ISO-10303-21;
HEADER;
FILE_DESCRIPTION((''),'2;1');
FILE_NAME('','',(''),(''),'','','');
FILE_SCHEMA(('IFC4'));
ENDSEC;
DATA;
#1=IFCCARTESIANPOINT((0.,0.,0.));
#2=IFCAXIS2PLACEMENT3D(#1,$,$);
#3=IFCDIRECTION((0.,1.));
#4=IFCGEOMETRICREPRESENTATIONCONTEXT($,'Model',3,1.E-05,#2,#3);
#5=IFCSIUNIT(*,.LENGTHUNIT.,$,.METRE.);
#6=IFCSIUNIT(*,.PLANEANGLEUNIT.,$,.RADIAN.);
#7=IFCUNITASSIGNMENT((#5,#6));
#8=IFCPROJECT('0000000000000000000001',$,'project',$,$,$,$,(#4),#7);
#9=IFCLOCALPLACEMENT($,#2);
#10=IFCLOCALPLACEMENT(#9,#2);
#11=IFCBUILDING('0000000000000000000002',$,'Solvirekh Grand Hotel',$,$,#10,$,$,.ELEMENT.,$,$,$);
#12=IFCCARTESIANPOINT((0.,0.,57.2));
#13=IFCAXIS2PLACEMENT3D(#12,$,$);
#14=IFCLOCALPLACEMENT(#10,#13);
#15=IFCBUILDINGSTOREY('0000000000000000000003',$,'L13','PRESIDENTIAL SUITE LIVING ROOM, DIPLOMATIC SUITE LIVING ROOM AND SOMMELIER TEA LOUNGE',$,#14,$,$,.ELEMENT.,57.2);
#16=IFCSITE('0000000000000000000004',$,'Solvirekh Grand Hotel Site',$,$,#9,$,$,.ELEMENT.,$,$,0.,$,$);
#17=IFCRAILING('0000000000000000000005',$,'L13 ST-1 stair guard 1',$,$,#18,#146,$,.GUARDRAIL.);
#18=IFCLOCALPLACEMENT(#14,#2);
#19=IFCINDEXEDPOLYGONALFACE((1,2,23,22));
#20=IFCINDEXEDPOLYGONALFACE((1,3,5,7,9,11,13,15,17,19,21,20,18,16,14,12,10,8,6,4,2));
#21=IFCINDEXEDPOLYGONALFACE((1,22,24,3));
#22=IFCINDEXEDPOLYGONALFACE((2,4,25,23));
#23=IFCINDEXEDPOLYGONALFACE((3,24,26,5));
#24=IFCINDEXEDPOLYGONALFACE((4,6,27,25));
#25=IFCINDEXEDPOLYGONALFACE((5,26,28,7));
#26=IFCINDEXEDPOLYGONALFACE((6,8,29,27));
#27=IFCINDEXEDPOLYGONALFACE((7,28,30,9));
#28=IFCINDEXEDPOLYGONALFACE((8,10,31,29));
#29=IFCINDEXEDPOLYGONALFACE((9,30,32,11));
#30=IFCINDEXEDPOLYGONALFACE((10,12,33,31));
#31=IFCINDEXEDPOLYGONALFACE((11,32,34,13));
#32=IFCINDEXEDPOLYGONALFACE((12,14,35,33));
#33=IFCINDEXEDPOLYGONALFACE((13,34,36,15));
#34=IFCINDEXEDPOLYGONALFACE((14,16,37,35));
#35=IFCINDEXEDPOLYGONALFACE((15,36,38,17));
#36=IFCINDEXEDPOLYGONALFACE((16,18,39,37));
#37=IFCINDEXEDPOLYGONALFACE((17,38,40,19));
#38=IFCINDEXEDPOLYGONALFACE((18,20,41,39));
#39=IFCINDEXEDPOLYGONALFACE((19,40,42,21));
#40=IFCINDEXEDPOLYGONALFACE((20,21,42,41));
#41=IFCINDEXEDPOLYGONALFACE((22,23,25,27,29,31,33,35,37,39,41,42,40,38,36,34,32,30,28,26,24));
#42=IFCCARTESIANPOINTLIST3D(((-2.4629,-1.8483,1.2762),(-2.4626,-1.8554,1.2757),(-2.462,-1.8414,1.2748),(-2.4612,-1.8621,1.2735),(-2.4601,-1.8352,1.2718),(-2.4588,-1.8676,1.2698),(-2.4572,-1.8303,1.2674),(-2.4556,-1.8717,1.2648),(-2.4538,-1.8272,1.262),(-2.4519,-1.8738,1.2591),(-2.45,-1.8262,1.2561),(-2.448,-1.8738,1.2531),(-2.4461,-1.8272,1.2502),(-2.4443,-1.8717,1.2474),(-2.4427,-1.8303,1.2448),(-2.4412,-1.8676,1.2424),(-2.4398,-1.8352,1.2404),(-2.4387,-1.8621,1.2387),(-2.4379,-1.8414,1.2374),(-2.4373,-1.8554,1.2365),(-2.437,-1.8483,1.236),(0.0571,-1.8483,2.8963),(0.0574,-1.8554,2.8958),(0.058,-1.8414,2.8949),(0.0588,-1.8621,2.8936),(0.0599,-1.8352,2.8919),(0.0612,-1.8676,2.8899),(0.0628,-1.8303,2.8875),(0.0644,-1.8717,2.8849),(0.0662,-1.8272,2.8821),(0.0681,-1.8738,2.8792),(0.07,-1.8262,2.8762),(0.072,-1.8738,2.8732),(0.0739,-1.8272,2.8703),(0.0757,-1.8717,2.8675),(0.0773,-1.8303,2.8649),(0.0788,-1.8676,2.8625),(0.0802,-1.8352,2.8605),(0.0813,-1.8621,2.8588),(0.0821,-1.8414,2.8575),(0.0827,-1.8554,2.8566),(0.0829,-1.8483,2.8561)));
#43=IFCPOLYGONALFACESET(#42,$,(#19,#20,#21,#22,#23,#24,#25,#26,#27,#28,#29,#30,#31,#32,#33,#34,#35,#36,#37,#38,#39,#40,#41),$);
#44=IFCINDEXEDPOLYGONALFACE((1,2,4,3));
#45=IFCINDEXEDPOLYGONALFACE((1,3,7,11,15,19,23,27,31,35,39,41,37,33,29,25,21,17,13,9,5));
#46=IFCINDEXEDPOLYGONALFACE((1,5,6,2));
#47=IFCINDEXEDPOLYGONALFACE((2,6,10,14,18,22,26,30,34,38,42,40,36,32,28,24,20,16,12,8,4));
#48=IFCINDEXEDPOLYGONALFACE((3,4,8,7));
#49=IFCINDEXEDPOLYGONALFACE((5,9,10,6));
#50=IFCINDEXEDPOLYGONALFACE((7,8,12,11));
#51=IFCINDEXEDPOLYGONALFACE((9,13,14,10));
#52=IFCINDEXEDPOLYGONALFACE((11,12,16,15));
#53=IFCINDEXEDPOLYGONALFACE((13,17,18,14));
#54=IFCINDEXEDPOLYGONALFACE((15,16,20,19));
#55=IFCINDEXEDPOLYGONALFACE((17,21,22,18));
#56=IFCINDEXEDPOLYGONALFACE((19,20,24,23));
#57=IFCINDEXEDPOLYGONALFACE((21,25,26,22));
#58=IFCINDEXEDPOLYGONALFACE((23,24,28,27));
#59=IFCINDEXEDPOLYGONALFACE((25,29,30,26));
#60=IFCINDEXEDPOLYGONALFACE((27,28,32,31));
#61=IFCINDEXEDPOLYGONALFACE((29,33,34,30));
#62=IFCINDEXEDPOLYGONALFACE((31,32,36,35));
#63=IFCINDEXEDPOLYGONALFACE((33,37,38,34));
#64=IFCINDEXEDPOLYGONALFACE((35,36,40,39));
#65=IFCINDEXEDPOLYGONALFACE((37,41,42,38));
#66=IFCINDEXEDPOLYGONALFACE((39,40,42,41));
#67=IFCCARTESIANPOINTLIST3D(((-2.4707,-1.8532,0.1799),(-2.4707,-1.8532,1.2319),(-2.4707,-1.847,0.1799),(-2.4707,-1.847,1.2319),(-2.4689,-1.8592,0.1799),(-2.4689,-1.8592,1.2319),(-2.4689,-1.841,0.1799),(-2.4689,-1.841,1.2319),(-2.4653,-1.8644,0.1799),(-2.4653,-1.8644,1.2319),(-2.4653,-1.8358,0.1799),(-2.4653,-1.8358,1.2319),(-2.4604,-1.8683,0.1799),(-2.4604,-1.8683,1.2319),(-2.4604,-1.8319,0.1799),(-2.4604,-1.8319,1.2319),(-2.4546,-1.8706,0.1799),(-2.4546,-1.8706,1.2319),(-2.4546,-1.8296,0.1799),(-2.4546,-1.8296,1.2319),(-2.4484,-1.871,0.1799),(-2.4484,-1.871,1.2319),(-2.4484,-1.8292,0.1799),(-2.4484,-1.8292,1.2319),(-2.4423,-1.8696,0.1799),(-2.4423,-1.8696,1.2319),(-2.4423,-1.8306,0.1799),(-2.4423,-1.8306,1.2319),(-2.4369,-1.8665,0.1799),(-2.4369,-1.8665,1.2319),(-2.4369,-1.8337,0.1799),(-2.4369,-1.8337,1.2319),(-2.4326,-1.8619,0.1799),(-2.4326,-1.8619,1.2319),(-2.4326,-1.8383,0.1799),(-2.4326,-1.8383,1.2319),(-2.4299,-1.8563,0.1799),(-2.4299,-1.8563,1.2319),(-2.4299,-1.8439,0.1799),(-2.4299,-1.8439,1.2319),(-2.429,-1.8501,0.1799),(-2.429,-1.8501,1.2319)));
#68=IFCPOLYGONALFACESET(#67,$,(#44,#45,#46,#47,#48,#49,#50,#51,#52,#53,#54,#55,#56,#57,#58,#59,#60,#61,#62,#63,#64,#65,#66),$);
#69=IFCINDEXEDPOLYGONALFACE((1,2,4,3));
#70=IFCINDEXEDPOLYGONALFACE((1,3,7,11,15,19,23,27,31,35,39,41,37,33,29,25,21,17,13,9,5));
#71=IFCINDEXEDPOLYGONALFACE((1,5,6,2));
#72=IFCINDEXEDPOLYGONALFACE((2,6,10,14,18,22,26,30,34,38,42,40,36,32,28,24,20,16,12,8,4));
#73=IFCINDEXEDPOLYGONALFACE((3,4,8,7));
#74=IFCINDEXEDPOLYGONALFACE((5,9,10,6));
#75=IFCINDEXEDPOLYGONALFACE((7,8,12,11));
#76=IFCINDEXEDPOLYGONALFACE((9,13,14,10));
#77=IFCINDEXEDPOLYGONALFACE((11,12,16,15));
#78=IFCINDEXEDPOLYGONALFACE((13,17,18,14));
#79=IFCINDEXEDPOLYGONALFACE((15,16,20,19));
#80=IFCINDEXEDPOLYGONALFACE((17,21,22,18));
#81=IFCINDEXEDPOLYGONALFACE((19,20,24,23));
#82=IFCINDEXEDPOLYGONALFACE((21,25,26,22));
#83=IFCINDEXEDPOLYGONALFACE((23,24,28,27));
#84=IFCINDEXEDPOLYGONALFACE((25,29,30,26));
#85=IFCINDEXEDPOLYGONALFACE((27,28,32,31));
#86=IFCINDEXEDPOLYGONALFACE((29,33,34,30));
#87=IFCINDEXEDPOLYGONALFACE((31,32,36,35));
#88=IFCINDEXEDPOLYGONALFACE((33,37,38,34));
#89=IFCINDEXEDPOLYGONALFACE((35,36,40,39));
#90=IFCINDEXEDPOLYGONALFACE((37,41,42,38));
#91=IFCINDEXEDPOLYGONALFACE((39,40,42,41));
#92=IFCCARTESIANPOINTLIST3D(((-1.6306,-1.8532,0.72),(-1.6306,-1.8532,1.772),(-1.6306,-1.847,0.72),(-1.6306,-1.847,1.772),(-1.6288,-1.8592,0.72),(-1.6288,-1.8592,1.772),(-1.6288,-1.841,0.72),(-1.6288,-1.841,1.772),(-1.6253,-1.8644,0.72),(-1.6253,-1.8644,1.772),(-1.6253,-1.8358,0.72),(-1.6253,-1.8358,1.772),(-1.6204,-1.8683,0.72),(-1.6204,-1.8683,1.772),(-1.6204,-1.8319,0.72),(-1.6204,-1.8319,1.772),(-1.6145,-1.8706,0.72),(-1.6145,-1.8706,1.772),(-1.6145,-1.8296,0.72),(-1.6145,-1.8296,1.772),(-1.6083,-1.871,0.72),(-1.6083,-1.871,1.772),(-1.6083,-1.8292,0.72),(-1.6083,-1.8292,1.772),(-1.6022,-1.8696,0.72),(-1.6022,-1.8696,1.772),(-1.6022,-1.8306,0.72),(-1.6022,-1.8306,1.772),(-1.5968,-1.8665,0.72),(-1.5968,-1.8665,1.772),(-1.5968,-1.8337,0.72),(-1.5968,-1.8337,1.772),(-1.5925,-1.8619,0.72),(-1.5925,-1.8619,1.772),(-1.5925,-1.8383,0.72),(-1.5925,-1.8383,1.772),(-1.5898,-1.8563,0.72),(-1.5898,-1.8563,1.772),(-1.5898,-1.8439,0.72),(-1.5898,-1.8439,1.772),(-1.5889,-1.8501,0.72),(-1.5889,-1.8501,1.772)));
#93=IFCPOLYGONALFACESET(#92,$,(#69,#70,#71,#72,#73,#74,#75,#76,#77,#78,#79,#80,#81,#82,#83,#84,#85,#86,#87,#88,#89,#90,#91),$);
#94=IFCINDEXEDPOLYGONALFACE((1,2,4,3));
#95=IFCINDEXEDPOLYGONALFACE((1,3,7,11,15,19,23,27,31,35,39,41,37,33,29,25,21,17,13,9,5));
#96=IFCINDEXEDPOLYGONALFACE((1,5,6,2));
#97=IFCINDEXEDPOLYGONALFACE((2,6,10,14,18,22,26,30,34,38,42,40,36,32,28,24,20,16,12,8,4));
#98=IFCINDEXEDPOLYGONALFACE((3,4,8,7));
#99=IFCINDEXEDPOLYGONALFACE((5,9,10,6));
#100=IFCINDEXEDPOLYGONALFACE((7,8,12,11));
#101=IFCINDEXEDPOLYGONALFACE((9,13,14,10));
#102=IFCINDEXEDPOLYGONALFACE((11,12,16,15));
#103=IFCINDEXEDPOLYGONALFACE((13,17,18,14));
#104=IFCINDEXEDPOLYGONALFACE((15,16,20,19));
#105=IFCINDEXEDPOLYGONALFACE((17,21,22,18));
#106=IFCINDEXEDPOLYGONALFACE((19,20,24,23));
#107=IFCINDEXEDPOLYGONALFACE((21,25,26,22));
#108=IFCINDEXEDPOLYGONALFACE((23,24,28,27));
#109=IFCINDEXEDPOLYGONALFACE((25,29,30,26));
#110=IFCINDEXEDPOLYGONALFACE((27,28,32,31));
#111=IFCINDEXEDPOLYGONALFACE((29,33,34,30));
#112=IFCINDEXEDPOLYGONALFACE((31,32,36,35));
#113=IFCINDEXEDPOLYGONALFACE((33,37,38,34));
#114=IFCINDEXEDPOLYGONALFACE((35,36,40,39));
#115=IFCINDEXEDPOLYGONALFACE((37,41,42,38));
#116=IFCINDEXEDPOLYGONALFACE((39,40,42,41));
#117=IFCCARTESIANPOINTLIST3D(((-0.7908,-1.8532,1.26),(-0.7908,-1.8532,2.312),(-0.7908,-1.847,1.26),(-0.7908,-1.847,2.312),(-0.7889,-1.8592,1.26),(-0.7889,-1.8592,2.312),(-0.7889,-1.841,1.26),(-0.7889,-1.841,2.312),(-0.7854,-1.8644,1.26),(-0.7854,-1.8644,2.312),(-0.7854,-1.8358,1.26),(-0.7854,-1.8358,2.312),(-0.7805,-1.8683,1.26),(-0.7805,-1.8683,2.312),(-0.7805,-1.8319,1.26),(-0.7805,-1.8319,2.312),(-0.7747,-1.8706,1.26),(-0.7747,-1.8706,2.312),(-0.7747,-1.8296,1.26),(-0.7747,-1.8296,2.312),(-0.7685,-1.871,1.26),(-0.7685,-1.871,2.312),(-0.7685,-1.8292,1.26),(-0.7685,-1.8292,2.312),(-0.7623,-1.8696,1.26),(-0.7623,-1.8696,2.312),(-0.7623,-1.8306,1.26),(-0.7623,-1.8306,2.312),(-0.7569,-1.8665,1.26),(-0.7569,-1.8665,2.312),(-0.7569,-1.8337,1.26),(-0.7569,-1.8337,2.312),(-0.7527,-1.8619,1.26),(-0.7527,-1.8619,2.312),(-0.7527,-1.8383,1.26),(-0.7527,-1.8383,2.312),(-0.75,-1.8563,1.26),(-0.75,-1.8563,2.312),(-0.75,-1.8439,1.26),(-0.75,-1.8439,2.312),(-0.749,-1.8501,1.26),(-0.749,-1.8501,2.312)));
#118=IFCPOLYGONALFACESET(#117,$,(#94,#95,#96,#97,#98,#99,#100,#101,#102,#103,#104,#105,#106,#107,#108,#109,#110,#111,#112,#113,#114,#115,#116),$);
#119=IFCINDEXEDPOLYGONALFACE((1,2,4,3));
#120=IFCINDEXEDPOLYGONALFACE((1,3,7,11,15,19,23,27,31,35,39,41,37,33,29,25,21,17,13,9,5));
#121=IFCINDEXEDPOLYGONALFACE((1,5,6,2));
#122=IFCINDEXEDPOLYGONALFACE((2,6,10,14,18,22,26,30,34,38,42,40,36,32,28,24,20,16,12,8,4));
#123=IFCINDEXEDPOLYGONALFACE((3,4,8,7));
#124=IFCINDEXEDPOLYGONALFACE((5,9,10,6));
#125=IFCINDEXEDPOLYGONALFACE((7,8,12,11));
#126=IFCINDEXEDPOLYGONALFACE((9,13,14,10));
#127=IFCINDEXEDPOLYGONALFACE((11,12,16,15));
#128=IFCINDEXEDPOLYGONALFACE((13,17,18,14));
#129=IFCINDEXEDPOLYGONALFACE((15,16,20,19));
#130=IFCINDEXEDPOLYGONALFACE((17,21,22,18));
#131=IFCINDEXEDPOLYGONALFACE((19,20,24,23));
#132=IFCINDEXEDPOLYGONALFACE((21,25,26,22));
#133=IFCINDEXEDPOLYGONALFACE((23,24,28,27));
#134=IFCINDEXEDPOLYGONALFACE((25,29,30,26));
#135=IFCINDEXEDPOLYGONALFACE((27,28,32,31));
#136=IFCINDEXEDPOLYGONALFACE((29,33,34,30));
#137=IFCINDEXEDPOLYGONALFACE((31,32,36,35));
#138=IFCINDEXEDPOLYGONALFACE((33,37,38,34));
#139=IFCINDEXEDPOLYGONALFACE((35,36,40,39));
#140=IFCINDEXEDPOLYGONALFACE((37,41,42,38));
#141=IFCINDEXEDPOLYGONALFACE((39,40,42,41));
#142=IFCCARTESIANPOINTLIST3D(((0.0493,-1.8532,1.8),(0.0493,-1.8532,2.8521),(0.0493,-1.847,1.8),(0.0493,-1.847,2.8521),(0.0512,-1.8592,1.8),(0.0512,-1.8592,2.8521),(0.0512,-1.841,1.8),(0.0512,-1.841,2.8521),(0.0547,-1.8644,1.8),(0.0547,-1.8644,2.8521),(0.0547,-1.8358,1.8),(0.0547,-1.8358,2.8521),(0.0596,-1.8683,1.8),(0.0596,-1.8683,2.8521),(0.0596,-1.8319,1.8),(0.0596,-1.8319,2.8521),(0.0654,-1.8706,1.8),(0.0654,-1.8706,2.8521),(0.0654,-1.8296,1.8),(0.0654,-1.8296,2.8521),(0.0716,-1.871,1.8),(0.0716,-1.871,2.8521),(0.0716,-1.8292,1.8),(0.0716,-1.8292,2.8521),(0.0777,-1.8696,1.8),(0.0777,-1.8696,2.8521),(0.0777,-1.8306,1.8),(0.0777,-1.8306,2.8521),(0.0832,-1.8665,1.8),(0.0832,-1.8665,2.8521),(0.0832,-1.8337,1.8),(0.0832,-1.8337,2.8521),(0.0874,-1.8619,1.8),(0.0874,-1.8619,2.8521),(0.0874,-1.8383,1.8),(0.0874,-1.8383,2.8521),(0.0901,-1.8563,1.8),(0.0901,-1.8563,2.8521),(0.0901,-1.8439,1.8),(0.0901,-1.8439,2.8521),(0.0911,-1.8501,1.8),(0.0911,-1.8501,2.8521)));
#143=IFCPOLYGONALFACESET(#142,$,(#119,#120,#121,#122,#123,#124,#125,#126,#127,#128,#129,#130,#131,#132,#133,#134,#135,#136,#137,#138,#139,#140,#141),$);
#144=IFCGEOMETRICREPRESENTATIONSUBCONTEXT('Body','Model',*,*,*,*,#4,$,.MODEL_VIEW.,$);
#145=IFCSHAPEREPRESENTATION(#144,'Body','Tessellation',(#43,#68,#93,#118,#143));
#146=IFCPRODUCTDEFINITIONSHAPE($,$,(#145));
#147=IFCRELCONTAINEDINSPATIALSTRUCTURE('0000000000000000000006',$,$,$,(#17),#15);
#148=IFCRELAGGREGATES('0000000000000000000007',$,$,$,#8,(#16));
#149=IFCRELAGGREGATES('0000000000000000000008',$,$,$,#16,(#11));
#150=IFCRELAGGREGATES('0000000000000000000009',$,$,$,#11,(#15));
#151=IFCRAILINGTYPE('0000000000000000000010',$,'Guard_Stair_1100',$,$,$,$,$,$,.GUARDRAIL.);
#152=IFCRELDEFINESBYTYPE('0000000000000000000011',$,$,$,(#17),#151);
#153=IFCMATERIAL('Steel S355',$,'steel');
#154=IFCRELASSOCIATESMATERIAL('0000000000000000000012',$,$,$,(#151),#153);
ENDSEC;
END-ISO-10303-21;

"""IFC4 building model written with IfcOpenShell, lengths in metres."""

from ifc_helpers import new_model, si_unit, direction, frame, origin, origin_2d, place, context, subcontext, project, spatial, circle, extrude, material, type_object, element, save


model = new_model("IFC4")

# Units and contexts
model_context = context("Model", 3, precision=1e-05, world=origin(), true_north=direction((0.0, 1.0)))
body_context = subcontext(model_context, "Body", "Model", "MODEL_VIEW")
ifc_project = project(units=[si_unit("LENGTHUNIT", "METRE"), si_unit("PLANEANGLEUNIT", "RADIAN")], contexts=[model_context])

# Site, building, storey
site_placement = place(None, origin())
site = spatial("IfcSite", under=ifc_project, at=site_placement, Name="Solvirekh Grand Hotel Site", CompositionType="ELEMENT", RefElevation=0.0)
building_placement = place(site_placement, origin())
building = spatial("IfcBuilding", under=site, at=building_placement, Name="Solvirekh Grand Hotel", CompositionType="ELEMENT")
storey_placement = place(building_placement, frame((0.0, 0.0, 57.2)))
storey = spatial("IfcBuildingStorey", under=building, at=storey_placement, Name="L13", Description="PRESIDENTIAL SUITE LIVING ROOM, DIPLOMATIC SUITE LIVING ROOM AND SOMMELIER TEA LOUNGE", CompositionType="ELEMENT", Elevation=57.2)

# Railing
ifc_material_1 = material(Name="Steel S355", Category="steel")
railing_type_1 = type_object("IfcRailingType", Name="Guard_Stair_1100", PredefinedType="GUARDRAIL", material=ifc_material_1)
railing_1_placement = place(storey_placement, frame((-2.45, -1.8501, 0.1799)))
element("IfcRailing", 1, at=railing_1_placement, inside=storey, type_object=railing_type_1, Name="L13 ST-1 stair guard 1", PredefinedType="GUARDRAIL", context=body_context, shape_type="SweptSolid", body=[
    extrude(circle(Radius=0.0239, at=origin_2d()), frame((0.0, 0.0, 1.0762), z_axis=(0.841163, 0.0, 0.540782), x_axis=(0.0, 1.0, 0.0)), (0.0, 0.0, 1.0), 2.9958),
    extrude(circle(Radius=0.021, at=origin_2d()), origin(), (0.0, 0.0, 1.0), 1.052),
    extrude(circle(Radius=0.021, at=origin_2d()), frame((0.8401, 0.0, 0.54)), (0.0, 0.0, 1.0), 1.052),
    extrude(circle(Radius=0.021, at=origin_2d()), frame((1.6799, 0.0, 1.0801)), (0.0, 0.0, 1.0), 1.052),
    extrude(circle(Radius=0.021, at=origin_2d()), frame((2.52, 0.0, 1.6201)), (0.0, 0.0, 1.0), 1.052),
])

save(model, "model.ifc")
